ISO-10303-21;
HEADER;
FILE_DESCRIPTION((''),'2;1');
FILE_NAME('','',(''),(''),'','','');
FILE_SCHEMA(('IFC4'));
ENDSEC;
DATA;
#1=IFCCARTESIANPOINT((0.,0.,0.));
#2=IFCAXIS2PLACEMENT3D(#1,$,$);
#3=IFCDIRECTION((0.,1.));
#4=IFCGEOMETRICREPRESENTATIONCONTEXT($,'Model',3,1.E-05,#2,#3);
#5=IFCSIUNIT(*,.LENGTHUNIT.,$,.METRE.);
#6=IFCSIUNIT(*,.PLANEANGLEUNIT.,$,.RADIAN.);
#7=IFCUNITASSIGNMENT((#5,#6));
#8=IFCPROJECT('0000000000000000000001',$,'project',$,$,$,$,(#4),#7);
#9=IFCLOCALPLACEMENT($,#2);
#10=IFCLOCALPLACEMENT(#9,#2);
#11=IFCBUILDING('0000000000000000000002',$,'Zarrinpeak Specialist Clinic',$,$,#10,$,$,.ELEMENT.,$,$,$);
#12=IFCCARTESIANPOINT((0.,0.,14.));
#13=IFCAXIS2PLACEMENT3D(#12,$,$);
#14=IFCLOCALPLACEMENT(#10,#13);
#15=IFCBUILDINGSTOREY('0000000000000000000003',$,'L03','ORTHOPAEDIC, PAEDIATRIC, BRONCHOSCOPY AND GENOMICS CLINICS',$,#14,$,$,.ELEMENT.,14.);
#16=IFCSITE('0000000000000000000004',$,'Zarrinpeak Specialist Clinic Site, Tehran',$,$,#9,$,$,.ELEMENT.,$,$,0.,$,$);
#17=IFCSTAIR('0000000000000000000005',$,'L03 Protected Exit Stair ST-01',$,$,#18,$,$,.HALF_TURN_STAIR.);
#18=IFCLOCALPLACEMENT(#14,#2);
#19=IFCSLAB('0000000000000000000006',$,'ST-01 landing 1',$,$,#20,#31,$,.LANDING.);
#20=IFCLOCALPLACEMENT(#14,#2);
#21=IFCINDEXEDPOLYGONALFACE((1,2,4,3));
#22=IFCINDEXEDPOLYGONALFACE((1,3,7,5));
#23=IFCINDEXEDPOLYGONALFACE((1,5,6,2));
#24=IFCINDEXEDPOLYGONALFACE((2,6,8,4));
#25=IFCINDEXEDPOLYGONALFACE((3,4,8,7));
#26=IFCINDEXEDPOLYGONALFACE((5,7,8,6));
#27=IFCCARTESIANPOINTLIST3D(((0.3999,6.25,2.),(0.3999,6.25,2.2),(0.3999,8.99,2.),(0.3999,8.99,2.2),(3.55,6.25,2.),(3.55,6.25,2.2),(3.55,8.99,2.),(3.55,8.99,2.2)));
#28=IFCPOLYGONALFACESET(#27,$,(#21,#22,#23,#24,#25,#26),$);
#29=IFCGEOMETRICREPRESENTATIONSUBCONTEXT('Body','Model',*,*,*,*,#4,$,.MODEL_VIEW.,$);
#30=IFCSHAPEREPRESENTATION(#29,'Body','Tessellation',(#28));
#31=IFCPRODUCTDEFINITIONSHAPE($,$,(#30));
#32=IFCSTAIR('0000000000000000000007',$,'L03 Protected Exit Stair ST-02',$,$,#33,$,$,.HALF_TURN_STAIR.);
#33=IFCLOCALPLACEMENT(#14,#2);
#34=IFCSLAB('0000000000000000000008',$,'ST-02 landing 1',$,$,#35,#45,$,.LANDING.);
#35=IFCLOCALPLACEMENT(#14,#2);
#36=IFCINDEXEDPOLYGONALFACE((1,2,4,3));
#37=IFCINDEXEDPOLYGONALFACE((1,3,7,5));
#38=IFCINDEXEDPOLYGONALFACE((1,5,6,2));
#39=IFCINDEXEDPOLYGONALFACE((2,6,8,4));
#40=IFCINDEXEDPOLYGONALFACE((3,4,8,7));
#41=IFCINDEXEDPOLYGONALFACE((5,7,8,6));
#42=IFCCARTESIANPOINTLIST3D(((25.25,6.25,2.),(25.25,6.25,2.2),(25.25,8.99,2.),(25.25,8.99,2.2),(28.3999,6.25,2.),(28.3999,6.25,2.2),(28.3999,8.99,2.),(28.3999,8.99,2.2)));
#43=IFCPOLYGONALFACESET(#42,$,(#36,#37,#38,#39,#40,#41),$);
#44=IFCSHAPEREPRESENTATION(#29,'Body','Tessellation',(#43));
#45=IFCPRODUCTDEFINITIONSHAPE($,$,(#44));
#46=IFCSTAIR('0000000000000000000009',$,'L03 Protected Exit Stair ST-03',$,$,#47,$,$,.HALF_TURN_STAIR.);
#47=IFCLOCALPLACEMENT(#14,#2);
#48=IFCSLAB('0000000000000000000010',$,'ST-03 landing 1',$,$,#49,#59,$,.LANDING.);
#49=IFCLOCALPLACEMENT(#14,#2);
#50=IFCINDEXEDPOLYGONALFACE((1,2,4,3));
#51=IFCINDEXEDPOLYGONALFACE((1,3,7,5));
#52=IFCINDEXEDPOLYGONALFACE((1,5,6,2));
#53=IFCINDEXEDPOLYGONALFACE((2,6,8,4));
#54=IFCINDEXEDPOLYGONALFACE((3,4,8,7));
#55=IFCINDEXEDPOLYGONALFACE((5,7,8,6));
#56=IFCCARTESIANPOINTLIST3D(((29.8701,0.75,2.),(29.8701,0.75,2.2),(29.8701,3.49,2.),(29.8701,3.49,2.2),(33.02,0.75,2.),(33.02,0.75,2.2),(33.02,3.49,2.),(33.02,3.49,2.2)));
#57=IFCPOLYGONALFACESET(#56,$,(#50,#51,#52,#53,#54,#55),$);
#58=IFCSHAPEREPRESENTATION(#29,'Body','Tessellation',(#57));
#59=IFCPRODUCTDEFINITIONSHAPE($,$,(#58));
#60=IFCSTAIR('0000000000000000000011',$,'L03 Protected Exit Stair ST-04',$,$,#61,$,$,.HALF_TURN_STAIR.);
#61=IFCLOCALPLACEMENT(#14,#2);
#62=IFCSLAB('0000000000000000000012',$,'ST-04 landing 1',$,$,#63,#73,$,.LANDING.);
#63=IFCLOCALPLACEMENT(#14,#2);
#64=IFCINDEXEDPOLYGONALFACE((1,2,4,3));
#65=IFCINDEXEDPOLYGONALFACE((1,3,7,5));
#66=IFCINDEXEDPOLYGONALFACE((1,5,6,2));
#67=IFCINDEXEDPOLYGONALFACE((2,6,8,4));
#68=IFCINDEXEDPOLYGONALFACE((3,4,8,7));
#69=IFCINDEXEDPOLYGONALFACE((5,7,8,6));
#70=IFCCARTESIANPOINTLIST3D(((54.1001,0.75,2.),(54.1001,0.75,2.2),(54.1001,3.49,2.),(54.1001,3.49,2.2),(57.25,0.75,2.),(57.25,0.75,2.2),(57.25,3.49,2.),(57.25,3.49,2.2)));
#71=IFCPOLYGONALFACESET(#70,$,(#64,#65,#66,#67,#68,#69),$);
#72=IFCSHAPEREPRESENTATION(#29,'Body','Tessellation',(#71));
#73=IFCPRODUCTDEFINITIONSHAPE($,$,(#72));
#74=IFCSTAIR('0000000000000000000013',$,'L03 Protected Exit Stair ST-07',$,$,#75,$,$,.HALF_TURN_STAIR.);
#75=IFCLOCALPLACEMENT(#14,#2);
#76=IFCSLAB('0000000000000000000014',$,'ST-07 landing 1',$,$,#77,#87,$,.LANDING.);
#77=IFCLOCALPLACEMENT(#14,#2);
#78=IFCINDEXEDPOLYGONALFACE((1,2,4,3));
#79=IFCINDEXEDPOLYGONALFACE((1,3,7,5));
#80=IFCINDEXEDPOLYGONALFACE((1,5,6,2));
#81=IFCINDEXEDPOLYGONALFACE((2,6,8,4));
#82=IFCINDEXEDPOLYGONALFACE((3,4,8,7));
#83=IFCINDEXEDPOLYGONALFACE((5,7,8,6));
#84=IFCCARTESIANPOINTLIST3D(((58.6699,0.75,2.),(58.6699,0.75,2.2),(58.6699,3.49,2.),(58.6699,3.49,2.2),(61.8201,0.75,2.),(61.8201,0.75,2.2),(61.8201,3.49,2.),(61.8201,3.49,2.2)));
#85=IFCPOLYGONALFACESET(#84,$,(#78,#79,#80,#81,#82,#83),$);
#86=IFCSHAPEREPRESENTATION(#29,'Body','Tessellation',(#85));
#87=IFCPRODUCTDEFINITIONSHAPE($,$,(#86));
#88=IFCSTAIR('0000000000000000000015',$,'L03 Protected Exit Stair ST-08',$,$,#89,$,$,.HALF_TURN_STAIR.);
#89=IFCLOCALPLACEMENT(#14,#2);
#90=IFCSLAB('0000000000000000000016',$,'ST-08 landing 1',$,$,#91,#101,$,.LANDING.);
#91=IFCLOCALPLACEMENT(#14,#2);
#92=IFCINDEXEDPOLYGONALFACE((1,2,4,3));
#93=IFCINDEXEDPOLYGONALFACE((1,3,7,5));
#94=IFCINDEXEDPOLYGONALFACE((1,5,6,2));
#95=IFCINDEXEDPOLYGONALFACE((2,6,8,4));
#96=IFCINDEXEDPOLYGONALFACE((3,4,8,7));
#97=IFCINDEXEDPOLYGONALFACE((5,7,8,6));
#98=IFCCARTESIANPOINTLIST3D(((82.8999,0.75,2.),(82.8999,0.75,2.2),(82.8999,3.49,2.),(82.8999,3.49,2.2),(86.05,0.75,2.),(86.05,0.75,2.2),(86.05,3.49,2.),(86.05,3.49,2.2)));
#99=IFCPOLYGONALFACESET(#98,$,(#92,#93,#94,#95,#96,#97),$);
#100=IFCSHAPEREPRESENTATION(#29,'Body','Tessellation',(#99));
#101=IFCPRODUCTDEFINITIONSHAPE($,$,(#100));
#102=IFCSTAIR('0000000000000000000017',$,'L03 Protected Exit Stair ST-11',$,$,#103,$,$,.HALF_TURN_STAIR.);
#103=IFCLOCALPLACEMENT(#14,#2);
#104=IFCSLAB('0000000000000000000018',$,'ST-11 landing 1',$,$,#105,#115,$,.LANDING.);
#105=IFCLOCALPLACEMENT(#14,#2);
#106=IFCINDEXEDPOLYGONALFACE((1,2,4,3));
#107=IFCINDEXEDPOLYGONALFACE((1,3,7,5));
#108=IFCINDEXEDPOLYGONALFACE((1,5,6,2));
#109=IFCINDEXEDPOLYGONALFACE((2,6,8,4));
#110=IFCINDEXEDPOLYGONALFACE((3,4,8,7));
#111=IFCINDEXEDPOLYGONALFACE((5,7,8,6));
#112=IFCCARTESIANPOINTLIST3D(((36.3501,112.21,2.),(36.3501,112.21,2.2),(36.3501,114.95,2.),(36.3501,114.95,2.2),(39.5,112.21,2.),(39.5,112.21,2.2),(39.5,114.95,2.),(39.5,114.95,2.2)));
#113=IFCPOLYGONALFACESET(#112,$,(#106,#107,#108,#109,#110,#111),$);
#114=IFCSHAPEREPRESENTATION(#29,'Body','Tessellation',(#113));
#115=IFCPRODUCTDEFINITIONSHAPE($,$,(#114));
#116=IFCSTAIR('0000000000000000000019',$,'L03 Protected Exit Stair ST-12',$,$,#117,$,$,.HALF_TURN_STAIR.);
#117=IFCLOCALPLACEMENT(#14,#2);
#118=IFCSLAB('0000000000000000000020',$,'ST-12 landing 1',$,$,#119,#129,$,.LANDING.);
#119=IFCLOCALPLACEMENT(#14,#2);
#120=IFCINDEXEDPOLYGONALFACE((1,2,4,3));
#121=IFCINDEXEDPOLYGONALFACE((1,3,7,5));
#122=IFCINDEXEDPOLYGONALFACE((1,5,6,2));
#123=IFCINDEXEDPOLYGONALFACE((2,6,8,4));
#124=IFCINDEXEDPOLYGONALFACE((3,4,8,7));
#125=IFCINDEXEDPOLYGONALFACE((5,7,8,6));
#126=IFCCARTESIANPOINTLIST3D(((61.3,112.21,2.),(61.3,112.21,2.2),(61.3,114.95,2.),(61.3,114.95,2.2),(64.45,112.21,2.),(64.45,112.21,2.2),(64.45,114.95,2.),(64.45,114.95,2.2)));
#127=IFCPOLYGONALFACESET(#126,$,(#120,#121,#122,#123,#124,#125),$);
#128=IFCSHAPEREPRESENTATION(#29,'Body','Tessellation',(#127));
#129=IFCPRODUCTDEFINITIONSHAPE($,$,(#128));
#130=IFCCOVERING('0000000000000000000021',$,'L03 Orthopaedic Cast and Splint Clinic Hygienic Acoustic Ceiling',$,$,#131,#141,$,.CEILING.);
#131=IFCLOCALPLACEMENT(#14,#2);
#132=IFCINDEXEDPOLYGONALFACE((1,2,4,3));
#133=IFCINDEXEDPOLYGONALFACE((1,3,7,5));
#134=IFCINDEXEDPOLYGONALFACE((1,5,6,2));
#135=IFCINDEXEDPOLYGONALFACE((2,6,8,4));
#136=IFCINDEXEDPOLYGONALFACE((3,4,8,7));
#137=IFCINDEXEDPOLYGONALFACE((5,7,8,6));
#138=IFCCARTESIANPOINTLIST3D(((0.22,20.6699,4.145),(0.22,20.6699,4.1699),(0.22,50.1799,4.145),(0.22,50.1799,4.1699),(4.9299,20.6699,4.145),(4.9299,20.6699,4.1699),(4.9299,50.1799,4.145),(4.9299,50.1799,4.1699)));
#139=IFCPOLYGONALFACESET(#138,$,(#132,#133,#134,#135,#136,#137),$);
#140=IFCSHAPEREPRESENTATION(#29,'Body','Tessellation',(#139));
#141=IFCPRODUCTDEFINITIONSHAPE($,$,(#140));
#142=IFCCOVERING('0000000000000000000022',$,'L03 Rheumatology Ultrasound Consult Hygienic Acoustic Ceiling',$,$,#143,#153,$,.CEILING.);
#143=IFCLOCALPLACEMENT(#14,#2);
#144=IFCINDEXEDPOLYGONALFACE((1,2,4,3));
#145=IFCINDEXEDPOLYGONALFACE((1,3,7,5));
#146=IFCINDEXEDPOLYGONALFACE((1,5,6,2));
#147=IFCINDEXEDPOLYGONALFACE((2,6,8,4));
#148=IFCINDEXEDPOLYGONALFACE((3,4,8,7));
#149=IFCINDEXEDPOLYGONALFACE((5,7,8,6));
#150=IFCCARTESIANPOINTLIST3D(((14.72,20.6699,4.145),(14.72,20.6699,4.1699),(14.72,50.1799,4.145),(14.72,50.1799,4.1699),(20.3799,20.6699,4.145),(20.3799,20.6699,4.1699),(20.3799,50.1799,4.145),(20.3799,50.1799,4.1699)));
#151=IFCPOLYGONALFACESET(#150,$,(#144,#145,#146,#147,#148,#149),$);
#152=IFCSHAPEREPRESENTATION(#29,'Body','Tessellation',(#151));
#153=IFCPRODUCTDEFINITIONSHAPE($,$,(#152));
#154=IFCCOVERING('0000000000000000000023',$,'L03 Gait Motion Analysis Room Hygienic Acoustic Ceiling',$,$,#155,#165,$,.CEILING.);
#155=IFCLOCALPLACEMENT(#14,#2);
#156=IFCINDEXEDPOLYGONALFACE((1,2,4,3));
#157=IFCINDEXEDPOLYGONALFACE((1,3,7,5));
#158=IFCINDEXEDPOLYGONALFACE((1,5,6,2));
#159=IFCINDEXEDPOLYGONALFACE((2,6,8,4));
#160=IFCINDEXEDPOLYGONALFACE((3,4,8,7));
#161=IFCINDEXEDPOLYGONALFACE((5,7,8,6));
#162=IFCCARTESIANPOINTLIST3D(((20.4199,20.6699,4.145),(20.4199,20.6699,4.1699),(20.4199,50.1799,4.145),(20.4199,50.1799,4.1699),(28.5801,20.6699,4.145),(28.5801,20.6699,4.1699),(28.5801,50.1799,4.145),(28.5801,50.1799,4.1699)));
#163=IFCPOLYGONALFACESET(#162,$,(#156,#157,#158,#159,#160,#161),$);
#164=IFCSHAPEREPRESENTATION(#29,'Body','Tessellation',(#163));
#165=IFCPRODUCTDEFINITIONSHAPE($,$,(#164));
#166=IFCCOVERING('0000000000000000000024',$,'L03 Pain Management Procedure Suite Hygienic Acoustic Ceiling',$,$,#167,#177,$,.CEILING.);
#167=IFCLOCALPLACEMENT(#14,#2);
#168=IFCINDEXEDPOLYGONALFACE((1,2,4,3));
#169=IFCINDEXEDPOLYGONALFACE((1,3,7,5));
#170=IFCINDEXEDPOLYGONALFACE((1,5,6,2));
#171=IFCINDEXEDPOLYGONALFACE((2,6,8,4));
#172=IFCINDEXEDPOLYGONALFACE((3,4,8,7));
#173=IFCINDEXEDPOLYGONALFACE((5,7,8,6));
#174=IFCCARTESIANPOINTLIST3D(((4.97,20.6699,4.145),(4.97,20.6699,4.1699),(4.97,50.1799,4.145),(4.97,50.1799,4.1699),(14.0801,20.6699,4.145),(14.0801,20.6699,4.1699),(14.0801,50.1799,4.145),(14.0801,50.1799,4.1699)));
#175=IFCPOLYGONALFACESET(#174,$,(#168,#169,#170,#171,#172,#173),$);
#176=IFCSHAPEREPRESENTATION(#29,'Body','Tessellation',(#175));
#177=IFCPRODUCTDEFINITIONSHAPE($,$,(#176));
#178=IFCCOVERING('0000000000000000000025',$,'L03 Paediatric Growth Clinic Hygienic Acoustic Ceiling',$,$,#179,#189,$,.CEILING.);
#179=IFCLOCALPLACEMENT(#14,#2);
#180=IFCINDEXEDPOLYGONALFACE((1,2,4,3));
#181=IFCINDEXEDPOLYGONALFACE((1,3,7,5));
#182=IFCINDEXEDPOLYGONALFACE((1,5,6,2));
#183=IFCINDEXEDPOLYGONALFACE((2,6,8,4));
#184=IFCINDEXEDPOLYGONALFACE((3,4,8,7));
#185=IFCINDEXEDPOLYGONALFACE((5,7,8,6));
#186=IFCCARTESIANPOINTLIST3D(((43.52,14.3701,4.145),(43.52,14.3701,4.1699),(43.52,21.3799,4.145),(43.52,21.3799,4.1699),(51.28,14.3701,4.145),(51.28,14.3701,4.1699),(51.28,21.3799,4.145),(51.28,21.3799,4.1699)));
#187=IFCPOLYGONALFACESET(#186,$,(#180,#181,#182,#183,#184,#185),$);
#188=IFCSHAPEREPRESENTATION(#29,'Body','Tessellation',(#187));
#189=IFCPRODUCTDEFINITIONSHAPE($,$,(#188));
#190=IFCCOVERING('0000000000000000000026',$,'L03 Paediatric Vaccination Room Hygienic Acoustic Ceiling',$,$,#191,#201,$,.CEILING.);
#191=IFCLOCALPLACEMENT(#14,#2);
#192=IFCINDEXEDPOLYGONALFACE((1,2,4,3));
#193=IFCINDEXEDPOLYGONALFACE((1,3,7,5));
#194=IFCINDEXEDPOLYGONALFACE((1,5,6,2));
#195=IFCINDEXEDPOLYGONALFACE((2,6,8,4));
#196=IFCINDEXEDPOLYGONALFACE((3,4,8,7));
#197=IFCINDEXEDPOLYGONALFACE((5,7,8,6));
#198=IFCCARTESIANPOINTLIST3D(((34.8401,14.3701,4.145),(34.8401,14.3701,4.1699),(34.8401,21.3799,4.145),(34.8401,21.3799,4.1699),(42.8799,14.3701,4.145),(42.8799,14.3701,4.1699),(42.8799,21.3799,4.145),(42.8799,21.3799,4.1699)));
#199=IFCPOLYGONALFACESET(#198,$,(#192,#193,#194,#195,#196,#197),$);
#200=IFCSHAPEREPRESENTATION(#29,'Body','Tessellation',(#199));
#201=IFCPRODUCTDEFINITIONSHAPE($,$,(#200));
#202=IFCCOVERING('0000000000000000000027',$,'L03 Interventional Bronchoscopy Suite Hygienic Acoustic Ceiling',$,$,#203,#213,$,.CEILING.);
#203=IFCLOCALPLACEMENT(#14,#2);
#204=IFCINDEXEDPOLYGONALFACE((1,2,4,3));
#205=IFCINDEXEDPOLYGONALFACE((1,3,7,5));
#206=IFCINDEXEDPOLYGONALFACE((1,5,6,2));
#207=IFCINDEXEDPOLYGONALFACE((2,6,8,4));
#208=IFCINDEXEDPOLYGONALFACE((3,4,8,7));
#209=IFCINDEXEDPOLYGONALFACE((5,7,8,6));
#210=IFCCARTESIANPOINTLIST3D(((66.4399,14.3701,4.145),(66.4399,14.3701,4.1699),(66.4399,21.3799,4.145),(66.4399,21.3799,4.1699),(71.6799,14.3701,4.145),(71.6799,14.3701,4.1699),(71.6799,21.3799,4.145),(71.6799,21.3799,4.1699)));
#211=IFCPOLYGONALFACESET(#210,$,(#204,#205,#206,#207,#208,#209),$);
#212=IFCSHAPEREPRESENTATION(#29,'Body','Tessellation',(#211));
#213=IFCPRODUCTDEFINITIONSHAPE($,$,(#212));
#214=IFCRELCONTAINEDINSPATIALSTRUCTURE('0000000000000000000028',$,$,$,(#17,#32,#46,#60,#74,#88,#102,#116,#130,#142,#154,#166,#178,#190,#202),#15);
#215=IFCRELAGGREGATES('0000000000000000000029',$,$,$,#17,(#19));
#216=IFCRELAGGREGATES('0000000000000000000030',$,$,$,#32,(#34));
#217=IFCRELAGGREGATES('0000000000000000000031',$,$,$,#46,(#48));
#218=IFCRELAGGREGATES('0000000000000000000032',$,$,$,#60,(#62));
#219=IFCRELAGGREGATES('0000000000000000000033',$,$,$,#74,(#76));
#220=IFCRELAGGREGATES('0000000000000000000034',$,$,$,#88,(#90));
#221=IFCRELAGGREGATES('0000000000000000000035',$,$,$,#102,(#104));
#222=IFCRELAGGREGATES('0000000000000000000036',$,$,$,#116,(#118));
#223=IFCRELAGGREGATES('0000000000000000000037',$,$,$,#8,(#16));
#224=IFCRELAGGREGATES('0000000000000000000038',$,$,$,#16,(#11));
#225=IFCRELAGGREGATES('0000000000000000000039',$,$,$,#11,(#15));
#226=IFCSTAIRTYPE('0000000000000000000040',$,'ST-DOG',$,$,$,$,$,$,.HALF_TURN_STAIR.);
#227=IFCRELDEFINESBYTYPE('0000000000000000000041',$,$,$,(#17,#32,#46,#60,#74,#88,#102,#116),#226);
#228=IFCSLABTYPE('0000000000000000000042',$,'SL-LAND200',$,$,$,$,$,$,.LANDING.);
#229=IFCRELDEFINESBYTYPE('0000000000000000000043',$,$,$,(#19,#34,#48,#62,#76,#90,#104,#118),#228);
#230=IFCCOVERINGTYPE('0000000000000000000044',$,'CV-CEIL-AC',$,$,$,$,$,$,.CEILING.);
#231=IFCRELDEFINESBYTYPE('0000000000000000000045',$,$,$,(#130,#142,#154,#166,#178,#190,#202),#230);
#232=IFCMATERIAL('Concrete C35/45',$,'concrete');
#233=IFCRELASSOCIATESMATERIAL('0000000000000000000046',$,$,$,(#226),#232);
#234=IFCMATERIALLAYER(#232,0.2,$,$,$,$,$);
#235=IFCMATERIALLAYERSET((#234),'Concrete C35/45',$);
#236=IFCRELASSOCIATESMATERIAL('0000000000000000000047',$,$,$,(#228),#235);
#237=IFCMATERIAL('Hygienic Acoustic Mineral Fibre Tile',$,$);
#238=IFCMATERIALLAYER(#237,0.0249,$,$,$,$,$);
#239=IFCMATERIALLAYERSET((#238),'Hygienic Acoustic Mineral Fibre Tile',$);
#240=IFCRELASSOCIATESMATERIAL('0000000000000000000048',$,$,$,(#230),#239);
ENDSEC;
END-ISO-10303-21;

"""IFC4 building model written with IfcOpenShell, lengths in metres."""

from ifc_helpers import new_model, si_unit, direction, frame, origin, place, context, subcontext, project, spatial, polyline, outline, extrude, material, layer, layer_set, type_object, element, aggregate, save


model = new_model("IFC4")

# Units and contexts
model_context = context("Model", 3, precision=1e-05, world=origin(), true_north=direction((0.0, 1.0)))
body_context = subcontext(model_context, "Body", "Model", "MODEL_VIEW")
ifc_project = project(units=[si_unit("LENGTHUNIT", "METRE"), si_unit("PLANEANGLEUNIT", "RADIAN")], contexts=[model_context])

# Site, building, storey
site_placement = place(None, origin())
site = spatial("IfcSite", under=ifc_project, at=site_placement, Name="Zarrinpeak Specialist Clinic Site, Tehran", CompositionType="ELEMENT", RefElevation=0.0)
building_placement = place(site_placement, origin())
building = spatial("IfcBuilding", under=site, at=building_placement, Name="Zarrinpeak Specialist Clinic", CompositionType="ELEMENT")
storey_placement = place(building_placement, frame((0.0, 0.0, 14.0)))
storey = spatial("IfcBuildingStorey", under=building, at=storey_placement, Name="L03", Description="ORTHOPAEDIC, PAEDIATRIC, BRONCHOSCOPY AND GENOMICS CLINICS", CompositionType="ELEMENT", Elevation=14.0)

# Stairs, slabs
ifc_material_1 = material(Name="Concrete C35/45", Category="concrete")
stair_type = type_object("IfcStairType", Name="ST-DOG", PredefinedType="HALF_TURN_STAIR", material=ifc_material_1)
stair_1_placement = place(storey_placement, origin())
stair_1 = element("IfcStair", 1, at=stair_1_placement, inside=storey, type_object=stair_type, Name="L03 Protected Exit Stair ST-01", PredefinedType="HALF_TURN_STAIR")
ifc_layer_1 = layer(ifc_material_1, 0.2)
ifc_layer_set_1 = layer_set([ifc_layer_1], Name="Concrete C35/45")
slab_type = type_object("IfcSlabType", Name="SL-LAND200", PredefinedType="LANDING", material=ifc_layer_set_1)
slab_1_placement = place(storey_placement, frame((0.0, 0.0, 2.0)))
slab_1 = element("IfcSlab", 2, at=slab_1_placement, type_object=slab_type, Name="ST-01 landing 1", PredefinedType="LANDING", context=body_context, shape_type="SweptSolid", body=[
    extrude(outline(polyline([(0.3999, 8.99), (0.3999, 6.25), (3.55, 6.25), (3.55, 8.99), (0.3999, 8.99)])), origin(), (0.0, 0.0, 1.0), 0.2),
])
aggregate(stair_1, [slab_1])
stair_2_placement = place(storey_placement, origin())
stair_2 = element("IfcStair", 3, at=stair_2_placement, inside=storey, type_object=stair_type, Name="L03 Protected Exit Stair ST-02", PredefinedType="HALF_TURN_STAIR")
slab_2_placement = place(storey_placement, frame((0.0, 0.0, 2.0)))
slab_2 = element("IfcSlab", 4, at=slab_2_placement, type_object=slab_type, Name="ST-02 landing 1", PredefinedType="LANDING", context=body_context, shape_type="SweptSolid", body=[
    extrude(outline(polyline([(25.25, 8.99), (25.25, 6.25), (28.3999, 6.25), (28.3999, 8.99), (25.25, 8.99)])), origin(), (0.0, 0.0, 1.0), 0.2),
])
aggregate(stair_2, [slab_2])
stair_3_placement = place(storey_placement, origin())
stair_3 = element("IfcStair", 5, at=stair_3_placement, inside=storey, type_object=stair_type, Name="L03 Protected Exit Stair ST-03", PredefinedType="HALF_TURN_STAIR")
slab_3_placement = place(storey_placement, frame((0.0, 0.0, 2.0)))
slab_3 = element("IfcSlab", 6, at=slab_3_placement, type_object=slab_type, Name="ST-03 landing 1", PredefinedType="LANDING", context=body_context, shape_type="SweptSolid", body=[
    extrude(outline(polyline([(29.8701, 3.49), (29.8701, 0.75), (33.02, 0.75), (33.02, 3.49), (29.8701, 3.49)])), origin(), (0.0, 0.0, 1.0), 0.2),
])
aggregate(stair_3, [slab_3])
stair_4_placement = place(storey_placement, origin())
stair_4 = element("IfcStair", 7, at=stair_4_placement, inside=storey, type_object=stair_type, Name="L03 Protected Exit Stair ST-04", PredefinedType="HALF_TURN_STAIR")
slab_4_placement = place(storey_placement, frame((0.0, 0.0, 2.0)))
slab_4 = element("IfcSlab", 8, at=slab_4_placement, type_object=slab_type, Name="ST-04 landing 1", PredefinedType="LANDING", context=body_context, shape_type="SweptSolid", body=[
    extrude(outline(polyline([(54.1001, 3.49), (54.1001, 0.75), (57.25, 0.75), (57.25, 3.49), (54.1001, 3.49)])), origin(), (0.0, 0.0, 1.0), 0.2),
])
aggregate(stair_4, [slab_4])
stair_5_placement = place(storey_placement, origin())
stair_5 = element("IfcStair", 9, at=stair_5_placement, inside=storey, type_object=stair_type, Name="L03 Protected Exit Stair ST-07", PredefinedType="HALF_TURN_STAIR")
slab_5_placement = place(storey_placement, frame((0.0, 0.0, 2.0)))
slab_5 = element("IfcSlab", 10, at=slab_5_placement, type_object=slab_type, Name="ST-07 landing 1", PredefinedType="LANDING", context=body_context, shape_type="SweptSolid", body=[
    extrude(outline(polyline([(58.6699, 3.49), (58.6699, 0.75), (61.8201, 0.75), (61.8201, 3.49), (58.6699, 3.49)])), origin(), (0.0, 0.0, 1.0), 0.2),
])
aggregate(stair_5, [slab_5])
stair_6_placement = place(storey_placement, origin())
stair_6 = element("IfcStair", 11, at=stair_6_placement, inside=storey, type_object=stair_type, Name="L03 Protected Exit Stair ST-08", PredefinedType="HALF_TURN_STAIR")
slab_6_placement = place(storey_placement, frame((0.0, 0.0, 2.0)))
slab_6 = element("IfcSlab", 12, at=slab_6_placement, type_object=slab_type, Name="ST-08 landing 1", PredefinedType="LANDING", context=body_context, shape_type="SweptSolid", body=[
    extrude(outline(polyline([(82.8999, 3.49), (82.8999, 0.75), (86.05, 0.75), (86.05, 3.49), (82.8999, 3.49)])), origin(), (0.0, 0.0, 1.0), 0.2),
])
aggregate(stair_6, [slab_6])
stair_7_placement = place(storey_placement, origin())
stair_7 = element("IfcStair", 13, at=stair_7_placement, inside=storey, type_object=stair_type, Name="L03 Protected Exit Stair ST-11", PredefinedType="HALF_TURN_STAIR")
slab_7_placement = place(storey_placement, frame((0.0, 0.0, 2.0)))
slab_7 = element("IfcSlab", 14, at=slab_7_placement, type_object=slab_type, Name="ST-11 landing 1", PredefinedType="LANDING", context=body_context, shape_type="SweptSolid", body=[
    extrude(outline(polyline([(39.5, 112.21), (39.5, 114.95), (36.3501, 114.95), (36.3501, 112.21), (39.5, 112.21)])), origin(), (0.0, 0.0, 1.0), 0.2),
])
aggregate(stair_7, [slab_7])
stair_8_placement = place(storey_placement, origin())
stair_8 = element("IfcStair", 15, at=stair_8_placement, inside=storey, type_object=stair_type, Name="L03 Protected Exit Stair ST-12", PredefinedType="HALF_TURN_STAIR")
slab_8_placement = place(storey_placement, frame((0.0, 0.0, 2.0)))
slab_8 = element("IfcSlab", 16, at=slab_8_placement, type_object=slab_type, Name="ST-12 landing 1", PredefinedType="LANDING", context=body_context, shape_type="SweptSolid", body=[
    extrude(outline(polyline([(64.45, 112.21), (64.45, 114.95), (61.3, 114.95), (61.3, 112.21), (64.45, 112.21)])), origin(), (0.0, 0.0, 1.0), 0.2),
])
aggregate(stair_8, [slab_8])

# Coverings
ifc_material_2 = material(Name="Hygienic Acoustic Mineral Fibre Tile")
ifc_layer_2 = layer(ifc_material_2, 0.0249)
ifc_layer_set_2 = layer_set([ifc_layer_2], Name="Hygienic Acoustic Mineral Fibre Tile")
covering_type_1 = type_object("IfcCoveringType", Name="CV-CEIL-AC", PredefinedType="CEILING", material=ifc_layer_set_2)
covering_1_placement = place(storey_placement, frame((0.0, 0.0, 4.145)))
element("IfcCovering", 17, at=covering_1_placement, inside=storey, type_object=covering_type_1, Name="L03 Orthopaedic Cast and Splint Clinic Hygienic Acoustic Ceiling", PredefinedType="CEILING", context=body_context, shape_type="SweptSolid", body=[
    extrude(outline(polyline([(0.22, 20.6699), (4.9299, 20.6699), (4.9299, 50.1799), (0.22, 50.1799), (0.22, 20.6699)])), origin(), (0.0, 0.0, 1.0), 0.0249),
])
covering_2_placement = place(storey_placement, frame((0.0, 0.0, 4.145)))
element("IfcCovering", 18, at=covering_2_placement, inside=storey, type_object=covering_type_1, Name="L03 Rheumatology Ultrasound Consult Hygienic Acoustic Ceiling", PredefinedType="CEILING", context=body_context, shape_type="SweptSolid", body=[
    extrude(outline(polyline([(14.72, 20.6699), (20.3799, 20.6699), (20.3799, 50.1799), (14.72, 50.1799), (14.72, 20.6699)])), origin(), (0.0, 0.0, 1.0), 0.0249),
])
covering_3_placement = place(storey_placement, frame((0.0, 0.0, 4.145)))
element("IfcCovering", 19, at=covering_3_placement, inside=storey, type_object=covering_type_1, Name="L03 Gait Motion Analysis Room Hygienic Acoustic Ceiling", PredefinedType="CEILING", context=body_context, shape_type="SweptSolid", body=[
    extrude(outline(polyline([(20.4199, 20.6699), (28.5801, 20.6699), (28.5801, 50.1799), (20.4199, 50.1799), (20.4199, 20.6699)])), origin(), (0.0, 0.0, 1.0), 0.0249),
])
covering_4_placement = place(storey_placement, frame((0.0, 0.0, 4.145)))
element("IfcCovering", 20, at=covering_4_placement, inside=storey, type_object=covering_type_1, Name="L03 Pain Management Procedure Suite Hygienic Acoustic Ceiling", PredefinedType="CEILING", context=body_context, shape_type="SweptSolid", body=[
    extrude(outline(polyline([(4.97, 20.6699), (14.0801, 20.6699), (14.0801, 50.1799), (4.97, 50.1799), (4.97, 20.6699)])), origin(), (0.0, 0.0, 1.0), 0.0249),
])
covering_5_placement = place(storey_placement, frame((0.0, 0.0, 4.145)))
element("IfcCovering", 21, at=covering_5_placement, inside=storey, type_object=covering_type_1, Name="L03 Paediatric Growth Clinic Hygienic Acoustic Ceiling", PredefinedType="CEILING", context=body_context, shape_type="SweptSolid", body=[
    extrude(outline(polyline([(43.52, 14.3701), (51.28, 14.3701), (51.28, 21.3799), (43.52, 21.3799), (43.52, 14.3701)])), origin(), (0.0, 0.0, 1.0), 0.0249),
])
covering_6_placement = place(storey_placement, frame((0.0, 0.0, 4.145)))
element("IfcCovering", 22, at=covering_6_placement, inside=storey, type_object=covering_type_1, Name="L03 Paediatric Vaccination Room Hygienic Acoustic Ceiling", PredefinedType="CEILING", context=body_context, shape_type="SweptSolid", body=[
    extrude(outline(polyline([(34.8401, 14.3701), (42.8799, 14.3701), (42.8799, 21.3799), (34.8401, 21.3799), (34.8401, 14.3701)])), origin(), (0.0, 0.0, 1.0), 0.0249),
])
covering_7_placement = place(storey_placement, frame((0.0, 0.0, 4.145)))
element("IfcCovering", 23, at=covering_7_placement, inside=storey, type_object=covering_type_1, Name="L03 Interventional Bronchoscopy Suite Hygienic Acoustic Ceiling", PredefinedType="CEILING", context=body_context, shape_type="SweptSolid", body=[
    extrude(outline(polyline([(66.4399, 14.3701), (71.6799, 14.3701), (71.6799, 21.3799), (66.4399, 21.3799), (66.4399, 14.3701)])), origin(), (0.0, 0.0, 1.0), 0.0249),
])

save(model, "model.ifc")
